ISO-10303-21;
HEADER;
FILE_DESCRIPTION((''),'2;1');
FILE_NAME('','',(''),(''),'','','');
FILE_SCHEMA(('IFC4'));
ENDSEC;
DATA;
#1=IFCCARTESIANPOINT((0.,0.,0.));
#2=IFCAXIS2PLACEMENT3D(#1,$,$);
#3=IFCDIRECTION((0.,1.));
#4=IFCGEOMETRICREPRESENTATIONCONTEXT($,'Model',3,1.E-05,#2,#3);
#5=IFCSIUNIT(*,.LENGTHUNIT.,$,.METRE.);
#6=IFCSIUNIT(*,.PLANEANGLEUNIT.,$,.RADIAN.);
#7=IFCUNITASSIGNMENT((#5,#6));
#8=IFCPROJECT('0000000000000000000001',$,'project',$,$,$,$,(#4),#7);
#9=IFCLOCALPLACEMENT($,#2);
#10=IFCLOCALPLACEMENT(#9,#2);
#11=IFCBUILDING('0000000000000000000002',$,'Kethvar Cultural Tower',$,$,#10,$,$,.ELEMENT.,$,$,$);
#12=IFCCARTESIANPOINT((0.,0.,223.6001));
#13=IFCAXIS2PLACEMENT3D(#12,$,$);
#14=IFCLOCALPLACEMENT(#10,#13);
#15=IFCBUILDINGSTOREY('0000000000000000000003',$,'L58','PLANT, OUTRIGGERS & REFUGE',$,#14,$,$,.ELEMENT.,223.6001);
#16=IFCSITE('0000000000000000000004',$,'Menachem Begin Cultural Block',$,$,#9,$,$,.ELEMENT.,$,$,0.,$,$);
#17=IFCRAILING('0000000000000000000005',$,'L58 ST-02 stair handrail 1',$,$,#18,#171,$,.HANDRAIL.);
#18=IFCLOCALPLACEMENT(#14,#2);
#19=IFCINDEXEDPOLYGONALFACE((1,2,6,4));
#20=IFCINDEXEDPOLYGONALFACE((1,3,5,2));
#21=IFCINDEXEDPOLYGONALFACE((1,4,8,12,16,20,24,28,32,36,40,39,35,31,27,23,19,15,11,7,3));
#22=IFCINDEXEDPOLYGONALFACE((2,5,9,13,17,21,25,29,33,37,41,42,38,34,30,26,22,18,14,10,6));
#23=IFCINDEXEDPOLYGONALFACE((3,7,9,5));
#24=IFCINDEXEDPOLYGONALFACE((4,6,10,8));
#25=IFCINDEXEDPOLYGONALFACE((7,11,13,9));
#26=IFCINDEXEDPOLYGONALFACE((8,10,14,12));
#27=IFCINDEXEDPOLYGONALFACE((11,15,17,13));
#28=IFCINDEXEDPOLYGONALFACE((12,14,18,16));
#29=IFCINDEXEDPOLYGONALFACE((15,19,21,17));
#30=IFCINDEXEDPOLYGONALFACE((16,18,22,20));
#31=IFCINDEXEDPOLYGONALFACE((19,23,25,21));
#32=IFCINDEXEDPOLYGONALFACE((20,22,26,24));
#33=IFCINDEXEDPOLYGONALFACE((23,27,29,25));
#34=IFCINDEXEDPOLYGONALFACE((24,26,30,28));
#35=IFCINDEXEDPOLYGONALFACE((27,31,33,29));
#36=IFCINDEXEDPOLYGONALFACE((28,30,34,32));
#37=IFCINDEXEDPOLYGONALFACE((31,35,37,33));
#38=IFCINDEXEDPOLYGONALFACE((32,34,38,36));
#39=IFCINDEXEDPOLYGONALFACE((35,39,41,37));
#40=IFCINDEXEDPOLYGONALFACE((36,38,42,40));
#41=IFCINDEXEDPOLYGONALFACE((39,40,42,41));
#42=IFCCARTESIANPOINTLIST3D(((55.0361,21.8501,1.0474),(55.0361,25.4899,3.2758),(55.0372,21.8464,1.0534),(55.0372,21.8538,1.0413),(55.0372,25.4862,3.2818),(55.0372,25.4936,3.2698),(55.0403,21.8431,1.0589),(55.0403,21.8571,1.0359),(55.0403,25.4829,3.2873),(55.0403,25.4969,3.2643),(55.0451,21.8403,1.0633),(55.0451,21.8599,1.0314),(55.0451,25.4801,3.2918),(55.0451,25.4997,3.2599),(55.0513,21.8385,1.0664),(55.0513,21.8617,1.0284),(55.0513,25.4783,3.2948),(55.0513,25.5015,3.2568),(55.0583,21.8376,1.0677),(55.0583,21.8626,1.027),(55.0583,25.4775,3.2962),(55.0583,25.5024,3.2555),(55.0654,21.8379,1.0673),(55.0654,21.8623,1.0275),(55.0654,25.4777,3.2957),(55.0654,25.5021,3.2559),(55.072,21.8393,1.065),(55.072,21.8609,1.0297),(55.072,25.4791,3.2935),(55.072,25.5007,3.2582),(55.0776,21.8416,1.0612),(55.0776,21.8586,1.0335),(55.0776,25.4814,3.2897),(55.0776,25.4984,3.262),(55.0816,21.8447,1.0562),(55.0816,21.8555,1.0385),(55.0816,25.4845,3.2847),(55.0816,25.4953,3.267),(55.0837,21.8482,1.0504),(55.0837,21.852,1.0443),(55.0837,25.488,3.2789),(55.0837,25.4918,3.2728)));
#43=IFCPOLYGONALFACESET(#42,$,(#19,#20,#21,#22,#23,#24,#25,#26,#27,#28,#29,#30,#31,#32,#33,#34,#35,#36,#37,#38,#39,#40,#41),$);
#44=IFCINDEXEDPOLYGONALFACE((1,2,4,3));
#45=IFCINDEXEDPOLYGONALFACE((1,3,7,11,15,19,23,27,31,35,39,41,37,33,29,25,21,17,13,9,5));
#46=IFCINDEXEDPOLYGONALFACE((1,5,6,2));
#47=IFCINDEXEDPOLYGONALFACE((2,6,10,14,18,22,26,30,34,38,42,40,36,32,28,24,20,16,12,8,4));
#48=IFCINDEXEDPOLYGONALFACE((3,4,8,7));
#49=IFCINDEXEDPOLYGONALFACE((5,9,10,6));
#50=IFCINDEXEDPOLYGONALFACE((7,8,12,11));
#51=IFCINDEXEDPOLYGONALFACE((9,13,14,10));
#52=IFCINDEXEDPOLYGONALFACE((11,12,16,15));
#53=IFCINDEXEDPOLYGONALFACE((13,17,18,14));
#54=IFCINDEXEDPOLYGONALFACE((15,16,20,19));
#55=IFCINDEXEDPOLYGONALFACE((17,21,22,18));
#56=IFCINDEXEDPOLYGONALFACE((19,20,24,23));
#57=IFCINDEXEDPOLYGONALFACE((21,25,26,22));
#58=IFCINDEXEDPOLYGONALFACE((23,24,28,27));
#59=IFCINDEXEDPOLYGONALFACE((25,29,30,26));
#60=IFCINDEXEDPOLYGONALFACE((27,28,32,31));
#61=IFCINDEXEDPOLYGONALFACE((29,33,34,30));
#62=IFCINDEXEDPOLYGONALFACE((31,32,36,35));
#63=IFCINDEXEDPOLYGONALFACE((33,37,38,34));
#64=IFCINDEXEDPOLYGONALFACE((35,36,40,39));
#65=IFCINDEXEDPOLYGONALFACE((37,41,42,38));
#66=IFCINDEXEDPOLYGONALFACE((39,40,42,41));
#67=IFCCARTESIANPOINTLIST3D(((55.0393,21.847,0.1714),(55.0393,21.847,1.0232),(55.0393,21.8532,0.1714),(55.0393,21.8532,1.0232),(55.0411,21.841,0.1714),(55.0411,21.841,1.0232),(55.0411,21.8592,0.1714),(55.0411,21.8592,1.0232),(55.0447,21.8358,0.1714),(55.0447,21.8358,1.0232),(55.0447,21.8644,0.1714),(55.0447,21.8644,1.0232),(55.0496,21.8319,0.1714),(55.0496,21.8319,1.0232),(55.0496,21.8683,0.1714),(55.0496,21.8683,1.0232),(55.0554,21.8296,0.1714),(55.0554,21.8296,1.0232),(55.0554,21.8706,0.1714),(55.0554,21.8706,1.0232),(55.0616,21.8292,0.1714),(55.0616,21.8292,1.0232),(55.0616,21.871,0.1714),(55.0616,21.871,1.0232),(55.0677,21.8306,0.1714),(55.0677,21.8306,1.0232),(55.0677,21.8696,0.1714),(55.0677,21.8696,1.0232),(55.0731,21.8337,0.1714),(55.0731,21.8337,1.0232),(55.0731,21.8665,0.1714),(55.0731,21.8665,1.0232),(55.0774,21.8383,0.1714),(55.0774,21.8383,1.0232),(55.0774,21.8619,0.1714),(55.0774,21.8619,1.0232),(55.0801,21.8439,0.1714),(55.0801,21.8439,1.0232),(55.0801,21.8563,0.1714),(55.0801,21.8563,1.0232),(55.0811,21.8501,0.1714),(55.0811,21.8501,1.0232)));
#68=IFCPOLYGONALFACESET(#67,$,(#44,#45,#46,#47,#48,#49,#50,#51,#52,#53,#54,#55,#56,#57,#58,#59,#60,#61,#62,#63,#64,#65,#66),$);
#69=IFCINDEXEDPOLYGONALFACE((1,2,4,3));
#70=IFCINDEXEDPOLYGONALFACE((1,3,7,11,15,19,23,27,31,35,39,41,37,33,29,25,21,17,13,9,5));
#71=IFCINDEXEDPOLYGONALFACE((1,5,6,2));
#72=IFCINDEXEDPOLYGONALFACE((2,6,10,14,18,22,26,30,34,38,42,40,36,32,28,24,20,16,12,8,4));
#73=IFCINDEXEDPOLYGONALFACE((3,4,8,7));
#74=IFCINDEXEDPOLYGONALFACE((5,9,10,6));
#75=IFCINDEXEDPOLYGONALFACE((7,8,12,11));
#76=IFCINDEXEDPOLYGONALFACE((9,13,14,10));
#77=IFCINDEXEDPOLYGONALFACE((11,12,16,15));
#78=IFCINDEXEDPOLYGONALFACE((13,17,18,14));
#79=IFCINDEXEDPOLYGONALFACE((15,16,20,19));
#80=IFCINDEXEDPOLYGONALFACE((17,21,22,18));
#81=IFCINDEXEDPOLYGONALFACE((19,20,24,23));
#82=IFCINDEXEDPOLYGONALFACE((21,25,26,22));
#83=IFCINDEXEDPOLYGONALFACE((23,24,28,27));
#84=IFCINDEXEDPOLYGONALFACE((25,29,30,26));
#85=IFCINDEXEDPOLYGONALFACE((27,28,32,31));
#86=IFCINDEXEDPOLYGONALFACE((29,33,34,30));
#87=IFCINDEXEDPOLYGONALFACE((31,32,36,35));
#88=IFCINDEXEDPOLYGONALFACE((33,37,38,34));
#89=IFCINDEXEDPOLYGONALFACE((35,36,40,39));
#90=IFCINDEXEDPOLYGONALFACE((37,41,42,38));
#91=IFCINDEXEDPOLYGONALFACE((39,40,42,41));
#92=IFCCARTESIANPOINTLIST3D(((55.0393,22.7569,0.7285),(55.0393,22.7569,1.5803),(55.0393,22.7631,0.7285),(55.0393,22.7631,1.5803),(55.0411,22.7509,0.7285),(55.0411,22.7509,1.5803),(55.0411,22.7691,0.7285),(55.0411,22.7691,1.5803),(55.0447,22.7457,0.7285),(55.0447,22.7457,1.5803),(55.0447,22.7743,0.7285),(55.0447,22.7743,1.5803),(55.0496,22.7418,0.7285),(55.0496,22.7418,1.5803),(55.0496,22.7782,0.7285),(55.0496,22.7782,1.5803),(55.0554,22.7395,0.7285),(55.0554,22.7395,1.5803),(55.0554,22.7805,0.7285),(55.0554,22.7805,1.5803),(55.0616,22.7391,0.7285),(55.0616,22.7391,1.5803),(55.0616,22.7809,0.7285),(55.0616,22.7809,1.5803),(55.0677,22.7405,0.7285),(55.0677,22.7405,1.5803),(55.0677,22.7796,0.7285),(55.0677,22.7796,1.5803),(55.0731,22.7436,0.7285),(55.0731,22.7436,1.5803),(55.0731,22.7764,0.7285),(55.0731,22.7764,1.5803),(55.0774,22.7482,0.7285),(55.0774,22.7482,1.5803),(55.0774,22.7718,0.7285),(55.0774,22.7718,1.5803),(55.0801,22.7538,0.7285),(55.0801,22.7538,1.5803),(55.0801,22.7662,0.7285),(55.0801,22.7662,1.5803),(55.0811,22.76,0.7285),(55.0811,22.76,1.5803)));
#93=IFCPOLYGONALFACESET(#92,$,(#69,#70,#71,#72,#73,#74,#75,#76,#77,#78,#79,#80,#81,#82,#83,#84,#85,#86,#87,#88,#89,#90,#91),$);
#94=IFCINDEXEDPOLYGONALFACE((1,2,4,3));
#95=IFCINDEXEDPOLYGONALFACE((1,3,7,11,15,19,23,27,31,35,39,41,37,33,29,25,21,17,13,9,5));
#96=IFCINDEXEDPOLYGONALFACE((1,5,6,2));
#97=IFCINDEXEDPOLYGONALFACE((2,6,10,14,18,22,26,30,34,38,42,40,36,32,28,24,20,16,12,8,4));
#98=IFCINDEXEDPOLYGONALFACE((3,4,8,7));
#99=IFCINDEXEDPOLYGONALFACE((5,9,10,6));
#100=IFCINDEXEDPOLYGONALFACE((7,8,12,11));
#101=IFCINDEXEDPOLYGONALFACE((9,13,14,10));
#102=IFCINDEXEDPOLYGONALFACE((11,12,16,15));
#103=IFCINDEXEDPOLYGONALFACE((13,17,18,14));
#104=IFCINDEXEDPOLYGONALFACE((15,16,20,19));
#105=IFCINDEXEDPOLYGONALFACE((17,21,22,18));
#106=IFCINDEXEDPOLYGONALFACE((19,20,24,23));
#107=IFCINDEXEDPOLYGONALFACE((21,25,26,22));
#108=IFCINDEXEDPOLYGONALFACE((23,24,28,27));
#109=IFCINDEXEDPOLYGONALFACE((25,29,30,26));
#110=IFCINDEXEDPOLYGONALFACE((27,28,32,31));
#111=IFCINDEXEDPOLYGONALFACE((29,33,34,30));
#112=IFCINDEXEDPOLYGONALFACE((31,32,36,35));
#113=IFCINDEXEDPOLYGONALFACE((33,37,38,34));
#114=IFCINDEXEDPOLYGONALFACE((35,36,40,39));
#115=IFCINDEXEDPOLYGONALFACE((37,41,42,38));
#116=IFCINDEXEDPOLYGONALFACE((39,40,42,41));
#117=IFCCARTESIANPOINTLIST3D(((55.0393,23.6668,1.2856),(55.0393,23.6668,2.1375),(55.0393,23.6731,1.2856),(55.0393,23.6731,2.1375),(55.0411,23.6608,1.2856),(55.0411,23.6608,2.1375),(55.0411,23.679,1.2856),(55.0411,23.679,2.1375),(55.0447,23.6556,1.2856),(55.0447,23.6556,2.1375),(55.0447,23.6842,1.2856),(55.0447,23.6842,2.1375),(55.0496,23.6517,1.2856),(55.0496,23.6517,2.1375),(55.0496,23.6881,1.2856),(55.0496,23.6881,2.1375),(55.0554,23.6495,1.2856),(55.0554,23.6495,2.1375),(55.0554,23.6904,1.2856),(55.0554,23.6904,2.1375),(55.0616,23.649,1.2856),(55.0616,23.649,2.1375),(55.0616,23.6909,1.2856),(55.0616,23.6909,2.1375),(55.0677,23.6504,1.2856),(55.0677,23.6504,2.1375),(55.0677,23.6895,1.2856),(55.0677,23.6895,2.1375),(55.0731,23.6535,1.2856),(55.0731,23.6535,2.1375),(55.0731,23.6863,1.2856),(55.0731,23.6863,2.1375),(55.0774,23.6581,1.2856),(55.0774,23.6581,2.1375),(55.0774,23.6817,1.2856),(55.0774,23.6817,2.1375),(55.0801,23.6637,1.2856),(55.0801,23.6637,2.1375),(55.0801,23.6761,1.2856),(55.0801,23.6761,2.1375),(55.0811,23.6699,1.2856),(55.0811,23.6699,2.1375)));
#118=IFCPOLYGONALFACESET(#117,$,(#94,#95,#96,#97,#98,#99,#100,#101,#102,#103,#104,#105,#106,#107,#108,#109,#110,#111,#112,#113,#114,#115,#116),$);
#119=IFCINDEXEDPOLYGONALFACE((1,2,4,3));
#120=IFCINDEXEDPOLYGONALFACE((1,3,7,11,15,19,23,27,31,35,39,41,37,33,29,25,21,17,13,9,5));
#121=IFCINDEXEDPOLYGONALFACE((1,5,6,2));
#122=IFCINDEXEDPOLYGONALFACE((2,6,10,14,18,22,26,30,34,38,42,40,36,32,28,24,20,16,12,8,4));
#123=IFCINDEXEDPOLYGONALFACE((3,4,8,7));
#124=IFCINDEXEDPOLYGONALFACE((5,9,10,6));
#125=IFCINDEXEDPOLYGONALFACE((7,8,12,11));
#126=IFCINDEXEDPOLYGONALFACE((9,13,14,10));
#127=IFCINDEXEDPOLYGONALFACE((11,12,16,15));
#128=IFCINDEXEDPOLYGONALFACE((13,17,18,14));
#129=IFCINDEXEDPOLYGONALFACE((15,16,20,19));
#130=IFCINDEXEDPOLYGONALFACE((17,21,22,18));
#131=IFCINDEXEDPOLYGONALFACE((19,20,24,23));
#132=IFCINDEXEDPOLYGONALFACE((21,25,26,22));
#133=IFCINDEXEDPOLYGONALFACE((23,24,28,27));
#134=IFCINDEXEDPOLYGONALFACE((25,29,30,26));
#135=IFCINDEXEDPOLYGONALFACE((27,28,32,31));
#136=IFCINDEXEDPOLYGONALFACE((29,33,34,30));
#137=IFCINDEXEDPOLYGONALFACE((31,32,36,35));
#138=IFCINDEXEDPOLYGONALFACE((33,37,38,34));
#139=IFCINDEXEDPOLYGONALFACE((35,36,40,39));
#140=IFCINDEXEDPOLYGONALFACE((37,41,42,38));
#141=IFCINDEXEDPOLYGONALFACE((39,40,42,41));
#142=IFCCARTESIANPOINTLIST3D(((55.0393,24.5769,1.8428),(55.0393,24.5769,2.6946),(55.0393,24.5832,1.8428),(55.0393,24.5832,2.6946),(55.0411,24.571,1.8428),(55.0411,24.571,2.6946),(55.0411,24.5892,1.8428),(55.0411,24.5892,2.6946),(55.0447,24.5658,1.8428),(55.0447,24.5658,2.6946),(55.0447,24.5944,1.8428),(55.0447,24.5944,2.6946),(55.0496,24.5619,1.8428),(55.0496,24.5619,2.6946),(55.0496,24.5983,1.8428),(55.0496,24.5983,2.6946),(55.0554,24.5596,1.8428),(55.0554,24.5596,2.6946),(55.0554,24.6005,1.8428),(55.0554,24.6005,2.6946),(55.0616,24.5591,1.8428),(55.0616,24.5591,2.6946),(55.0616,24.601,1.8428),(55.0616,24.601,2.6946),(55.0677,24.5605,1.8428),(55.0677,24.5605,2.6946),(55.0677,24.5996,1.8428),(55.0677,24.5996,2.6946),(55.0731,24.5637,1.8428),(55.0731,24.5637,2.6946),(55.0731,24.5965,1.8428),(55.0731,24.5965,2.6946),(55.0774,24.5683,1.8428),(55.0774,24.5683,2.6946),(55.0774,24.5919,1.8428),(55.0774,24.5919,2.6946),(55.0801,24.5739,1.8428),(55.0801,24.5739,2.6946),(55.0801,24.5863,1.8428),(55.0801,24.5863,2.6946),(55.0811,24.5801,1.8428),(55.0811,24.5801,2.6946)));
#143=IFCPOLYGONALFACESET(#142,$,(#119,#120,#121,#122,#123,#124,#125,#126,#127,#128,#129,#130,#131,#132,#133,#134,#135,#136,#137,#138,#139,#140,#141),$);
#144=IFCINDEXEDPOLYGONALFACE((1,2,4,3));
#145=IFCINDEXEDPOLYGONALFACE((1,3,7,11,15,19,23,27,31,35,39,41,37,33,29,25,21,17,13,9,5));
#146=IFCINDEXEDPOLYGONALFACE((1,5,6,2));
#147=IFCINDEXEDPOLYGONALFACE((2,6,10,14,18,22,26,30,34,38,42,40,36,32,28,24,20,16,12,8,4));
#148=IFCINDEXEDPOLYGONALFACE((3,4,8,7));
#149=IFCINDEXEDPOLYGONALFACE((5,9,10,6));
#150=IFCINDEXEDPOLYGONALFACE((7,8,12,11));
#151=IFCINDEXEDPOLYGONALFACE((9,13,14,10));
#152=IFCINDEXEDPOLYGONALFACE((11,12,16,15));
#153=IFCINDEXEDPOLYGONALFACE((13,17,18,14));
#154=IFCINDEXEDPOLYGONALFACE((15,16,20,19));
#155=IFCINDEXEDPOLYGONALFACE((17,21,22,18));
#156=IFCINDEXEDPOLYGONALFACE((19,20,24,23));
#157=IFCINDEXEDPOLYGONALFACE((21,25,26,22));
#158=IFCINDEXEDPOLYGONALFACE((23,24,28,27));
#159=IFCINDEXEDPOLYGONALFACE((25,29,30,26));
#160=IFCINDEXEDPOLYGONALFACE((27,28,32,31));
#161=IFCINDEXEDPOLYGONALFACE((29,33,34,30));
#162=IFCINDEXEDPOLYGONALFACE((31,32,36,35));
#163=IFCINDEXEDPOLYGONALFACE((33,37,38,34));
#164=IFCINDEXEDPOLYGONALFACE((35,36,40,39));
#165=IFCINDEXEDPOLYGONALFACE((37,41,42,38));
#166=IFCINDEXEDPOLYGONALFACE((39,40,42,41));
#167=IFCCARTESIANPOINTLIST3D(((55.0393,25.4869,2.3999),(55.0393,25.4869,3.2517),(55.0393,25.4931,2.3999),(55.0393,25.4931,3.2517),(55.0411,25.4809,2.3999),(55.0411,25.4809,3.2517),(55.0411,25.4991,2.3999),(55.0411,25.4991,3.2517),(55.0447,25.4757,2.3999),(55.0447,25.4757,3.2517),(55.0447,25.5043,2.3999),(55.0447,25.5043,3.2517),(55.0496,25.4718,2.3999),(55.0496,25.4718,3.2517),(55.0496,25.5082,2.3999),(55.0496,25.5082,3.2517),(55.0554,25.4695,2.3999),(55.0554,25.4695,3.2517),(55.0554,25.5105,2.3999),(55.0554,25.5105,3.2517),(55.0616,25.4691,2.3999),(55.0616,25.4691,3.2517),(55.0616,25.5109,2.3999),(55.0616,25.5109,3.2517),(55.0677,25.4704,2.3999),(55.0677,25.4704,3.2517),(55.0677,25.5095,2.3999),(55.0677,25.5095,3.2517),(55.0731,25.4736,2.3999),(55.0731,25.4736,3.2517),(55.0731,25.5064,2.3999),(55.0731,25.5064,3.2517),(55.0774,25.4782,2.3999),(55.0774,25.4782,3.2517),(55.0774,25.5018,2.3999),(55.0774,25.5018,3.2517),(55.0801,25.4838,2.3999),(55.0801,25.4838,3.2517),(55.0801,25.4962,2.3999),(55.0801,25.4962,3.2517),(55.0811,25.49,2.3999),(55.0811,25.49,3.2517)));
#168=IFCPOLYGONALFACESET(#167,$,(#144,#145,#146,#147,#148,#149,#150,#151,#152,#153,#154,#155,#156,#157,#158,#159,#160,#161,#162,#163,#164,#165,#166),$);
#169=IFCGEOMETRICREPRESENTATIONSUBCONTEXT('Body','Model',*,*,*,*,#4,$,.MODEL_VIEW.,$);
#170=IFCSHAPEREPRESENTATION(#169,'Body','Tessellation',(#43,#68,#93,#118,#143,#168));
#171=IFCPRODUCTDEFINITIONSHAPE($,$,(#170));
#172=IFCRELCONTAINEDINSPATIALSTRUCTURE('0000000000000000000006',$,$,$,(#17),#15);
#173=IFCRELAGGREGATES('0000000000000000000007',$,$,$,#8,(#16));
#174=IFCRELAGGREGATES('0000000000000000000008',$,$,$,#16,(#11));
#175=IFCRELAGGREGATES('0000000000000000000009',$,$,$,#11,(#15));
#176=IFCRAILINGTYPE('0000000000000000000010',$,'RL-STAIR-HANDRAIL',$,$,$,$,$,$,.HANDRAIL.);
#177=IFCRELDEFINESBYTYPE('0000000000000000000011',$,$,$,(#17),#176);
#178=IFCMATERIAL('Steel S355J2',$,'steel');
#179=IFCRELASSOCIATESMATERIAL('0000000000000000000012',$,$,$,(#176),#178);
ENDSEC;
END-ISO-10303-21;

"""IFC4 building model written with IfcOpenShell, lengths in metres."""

from ifc_helpers import new_model, si_unit, direction, frame, origin, origin_2d, place, context, subcontext, project, spatial, circle, extrude, material, type_object, element, save


model = new_model("IFC4")

# Units and contexts
model_context = context("Model", 3, precision=1e-05, world=origin(), true_north=direction((0.0, 1.0)))
body_context = subcontext(model_context, "Body", "Model", "MODEL_VIEW")
ifc_project = project(units=[si_unit("LENGTHUNIT", "METRE"), si_unit("PLANEANGLEUNIT", "RADIAN")], contexts=[model_context])

# Site, building, storey
site_placement = place(None, origin())
site = spatial("IfcSite", under=ifc_project, at=site_placement, Name="Menachem Begin Cultural Block", CompositionType="ELEMENT", RefElevation=0.0)
building_placement = place(site_placement, origin())
building = spatial("IfcBuilding", under=site, at=building_placement, Name="Kethvar Cultural Tower", CompositionType="ELEMENT")
storey_placement = place(building_placement, frame((0.0, 0.0, 223.6001)))
storey = spatial("IfcBuildingStorey", under=building, at=storey_placement, Name="L58", Description="PLANT, OUTRIGGERS & REFUGE", CompositionType="ELEMENT", Elevation=223.6001)

# Railing
ifc_material_1 = material(Name="Steel S355J2", Category="steel")
railing_type_1 = type_object("IfcRailingType", Name="RL-STAIR-HANDRAIL", PredefinedType="HANDRAIL", material=ifc_material_1)
railing_1_placement = place(storey_placement, frame((55.0601, 21.8501, 0.1714)))
element("IfcRailing", 1, at=railing_1_placement, inside=storey, type_object=railing_type_1, Name="L58 ST-02 stair handrail 1", PredefinedType="HANDRAIL", context=body_context, shape_type="SweptSolid", body=[
    extrude(circle(Radius=0.0239, at=origin_2d()), frame((0.0, 0.0, 0.876), z_axis=(0.0, 0.85285, 0.522156), x_axis=(-1.0, 0.0, 0.0)), (0.0, 0.0, 1.0), 4.2678),
    extrude(circle(Radius=0.021, at=origin_2d()), origin(), (0.0, 0.0, 1.0), 0.8518),
    extrude(circle(Radius=0.021, at=origin_2d()), frame((0.0, 0.9099, 0.5571)), (0.0, 0.0, 1.0), 0.8518),
    extrude(circle(Radius=0.021, at=origin_2d()), frame((0.0, 1.8198, 1.1143)), (0.0, 0.0, 1.0), 0.8518),
    extrude(circle(Radius=0.021, at=origin_2d()), frame((0.0, 2.73, 1.6714)), (0.0, 0.0, 1.0), 0.8518),
    extrude(circle(Radius=0.021, at=origin_2d()), frame((0.0, 3.6399, 2.2285)), (0.0, 0.0, 1.0), 0.8518),
])

save(model, "model.ifc")
